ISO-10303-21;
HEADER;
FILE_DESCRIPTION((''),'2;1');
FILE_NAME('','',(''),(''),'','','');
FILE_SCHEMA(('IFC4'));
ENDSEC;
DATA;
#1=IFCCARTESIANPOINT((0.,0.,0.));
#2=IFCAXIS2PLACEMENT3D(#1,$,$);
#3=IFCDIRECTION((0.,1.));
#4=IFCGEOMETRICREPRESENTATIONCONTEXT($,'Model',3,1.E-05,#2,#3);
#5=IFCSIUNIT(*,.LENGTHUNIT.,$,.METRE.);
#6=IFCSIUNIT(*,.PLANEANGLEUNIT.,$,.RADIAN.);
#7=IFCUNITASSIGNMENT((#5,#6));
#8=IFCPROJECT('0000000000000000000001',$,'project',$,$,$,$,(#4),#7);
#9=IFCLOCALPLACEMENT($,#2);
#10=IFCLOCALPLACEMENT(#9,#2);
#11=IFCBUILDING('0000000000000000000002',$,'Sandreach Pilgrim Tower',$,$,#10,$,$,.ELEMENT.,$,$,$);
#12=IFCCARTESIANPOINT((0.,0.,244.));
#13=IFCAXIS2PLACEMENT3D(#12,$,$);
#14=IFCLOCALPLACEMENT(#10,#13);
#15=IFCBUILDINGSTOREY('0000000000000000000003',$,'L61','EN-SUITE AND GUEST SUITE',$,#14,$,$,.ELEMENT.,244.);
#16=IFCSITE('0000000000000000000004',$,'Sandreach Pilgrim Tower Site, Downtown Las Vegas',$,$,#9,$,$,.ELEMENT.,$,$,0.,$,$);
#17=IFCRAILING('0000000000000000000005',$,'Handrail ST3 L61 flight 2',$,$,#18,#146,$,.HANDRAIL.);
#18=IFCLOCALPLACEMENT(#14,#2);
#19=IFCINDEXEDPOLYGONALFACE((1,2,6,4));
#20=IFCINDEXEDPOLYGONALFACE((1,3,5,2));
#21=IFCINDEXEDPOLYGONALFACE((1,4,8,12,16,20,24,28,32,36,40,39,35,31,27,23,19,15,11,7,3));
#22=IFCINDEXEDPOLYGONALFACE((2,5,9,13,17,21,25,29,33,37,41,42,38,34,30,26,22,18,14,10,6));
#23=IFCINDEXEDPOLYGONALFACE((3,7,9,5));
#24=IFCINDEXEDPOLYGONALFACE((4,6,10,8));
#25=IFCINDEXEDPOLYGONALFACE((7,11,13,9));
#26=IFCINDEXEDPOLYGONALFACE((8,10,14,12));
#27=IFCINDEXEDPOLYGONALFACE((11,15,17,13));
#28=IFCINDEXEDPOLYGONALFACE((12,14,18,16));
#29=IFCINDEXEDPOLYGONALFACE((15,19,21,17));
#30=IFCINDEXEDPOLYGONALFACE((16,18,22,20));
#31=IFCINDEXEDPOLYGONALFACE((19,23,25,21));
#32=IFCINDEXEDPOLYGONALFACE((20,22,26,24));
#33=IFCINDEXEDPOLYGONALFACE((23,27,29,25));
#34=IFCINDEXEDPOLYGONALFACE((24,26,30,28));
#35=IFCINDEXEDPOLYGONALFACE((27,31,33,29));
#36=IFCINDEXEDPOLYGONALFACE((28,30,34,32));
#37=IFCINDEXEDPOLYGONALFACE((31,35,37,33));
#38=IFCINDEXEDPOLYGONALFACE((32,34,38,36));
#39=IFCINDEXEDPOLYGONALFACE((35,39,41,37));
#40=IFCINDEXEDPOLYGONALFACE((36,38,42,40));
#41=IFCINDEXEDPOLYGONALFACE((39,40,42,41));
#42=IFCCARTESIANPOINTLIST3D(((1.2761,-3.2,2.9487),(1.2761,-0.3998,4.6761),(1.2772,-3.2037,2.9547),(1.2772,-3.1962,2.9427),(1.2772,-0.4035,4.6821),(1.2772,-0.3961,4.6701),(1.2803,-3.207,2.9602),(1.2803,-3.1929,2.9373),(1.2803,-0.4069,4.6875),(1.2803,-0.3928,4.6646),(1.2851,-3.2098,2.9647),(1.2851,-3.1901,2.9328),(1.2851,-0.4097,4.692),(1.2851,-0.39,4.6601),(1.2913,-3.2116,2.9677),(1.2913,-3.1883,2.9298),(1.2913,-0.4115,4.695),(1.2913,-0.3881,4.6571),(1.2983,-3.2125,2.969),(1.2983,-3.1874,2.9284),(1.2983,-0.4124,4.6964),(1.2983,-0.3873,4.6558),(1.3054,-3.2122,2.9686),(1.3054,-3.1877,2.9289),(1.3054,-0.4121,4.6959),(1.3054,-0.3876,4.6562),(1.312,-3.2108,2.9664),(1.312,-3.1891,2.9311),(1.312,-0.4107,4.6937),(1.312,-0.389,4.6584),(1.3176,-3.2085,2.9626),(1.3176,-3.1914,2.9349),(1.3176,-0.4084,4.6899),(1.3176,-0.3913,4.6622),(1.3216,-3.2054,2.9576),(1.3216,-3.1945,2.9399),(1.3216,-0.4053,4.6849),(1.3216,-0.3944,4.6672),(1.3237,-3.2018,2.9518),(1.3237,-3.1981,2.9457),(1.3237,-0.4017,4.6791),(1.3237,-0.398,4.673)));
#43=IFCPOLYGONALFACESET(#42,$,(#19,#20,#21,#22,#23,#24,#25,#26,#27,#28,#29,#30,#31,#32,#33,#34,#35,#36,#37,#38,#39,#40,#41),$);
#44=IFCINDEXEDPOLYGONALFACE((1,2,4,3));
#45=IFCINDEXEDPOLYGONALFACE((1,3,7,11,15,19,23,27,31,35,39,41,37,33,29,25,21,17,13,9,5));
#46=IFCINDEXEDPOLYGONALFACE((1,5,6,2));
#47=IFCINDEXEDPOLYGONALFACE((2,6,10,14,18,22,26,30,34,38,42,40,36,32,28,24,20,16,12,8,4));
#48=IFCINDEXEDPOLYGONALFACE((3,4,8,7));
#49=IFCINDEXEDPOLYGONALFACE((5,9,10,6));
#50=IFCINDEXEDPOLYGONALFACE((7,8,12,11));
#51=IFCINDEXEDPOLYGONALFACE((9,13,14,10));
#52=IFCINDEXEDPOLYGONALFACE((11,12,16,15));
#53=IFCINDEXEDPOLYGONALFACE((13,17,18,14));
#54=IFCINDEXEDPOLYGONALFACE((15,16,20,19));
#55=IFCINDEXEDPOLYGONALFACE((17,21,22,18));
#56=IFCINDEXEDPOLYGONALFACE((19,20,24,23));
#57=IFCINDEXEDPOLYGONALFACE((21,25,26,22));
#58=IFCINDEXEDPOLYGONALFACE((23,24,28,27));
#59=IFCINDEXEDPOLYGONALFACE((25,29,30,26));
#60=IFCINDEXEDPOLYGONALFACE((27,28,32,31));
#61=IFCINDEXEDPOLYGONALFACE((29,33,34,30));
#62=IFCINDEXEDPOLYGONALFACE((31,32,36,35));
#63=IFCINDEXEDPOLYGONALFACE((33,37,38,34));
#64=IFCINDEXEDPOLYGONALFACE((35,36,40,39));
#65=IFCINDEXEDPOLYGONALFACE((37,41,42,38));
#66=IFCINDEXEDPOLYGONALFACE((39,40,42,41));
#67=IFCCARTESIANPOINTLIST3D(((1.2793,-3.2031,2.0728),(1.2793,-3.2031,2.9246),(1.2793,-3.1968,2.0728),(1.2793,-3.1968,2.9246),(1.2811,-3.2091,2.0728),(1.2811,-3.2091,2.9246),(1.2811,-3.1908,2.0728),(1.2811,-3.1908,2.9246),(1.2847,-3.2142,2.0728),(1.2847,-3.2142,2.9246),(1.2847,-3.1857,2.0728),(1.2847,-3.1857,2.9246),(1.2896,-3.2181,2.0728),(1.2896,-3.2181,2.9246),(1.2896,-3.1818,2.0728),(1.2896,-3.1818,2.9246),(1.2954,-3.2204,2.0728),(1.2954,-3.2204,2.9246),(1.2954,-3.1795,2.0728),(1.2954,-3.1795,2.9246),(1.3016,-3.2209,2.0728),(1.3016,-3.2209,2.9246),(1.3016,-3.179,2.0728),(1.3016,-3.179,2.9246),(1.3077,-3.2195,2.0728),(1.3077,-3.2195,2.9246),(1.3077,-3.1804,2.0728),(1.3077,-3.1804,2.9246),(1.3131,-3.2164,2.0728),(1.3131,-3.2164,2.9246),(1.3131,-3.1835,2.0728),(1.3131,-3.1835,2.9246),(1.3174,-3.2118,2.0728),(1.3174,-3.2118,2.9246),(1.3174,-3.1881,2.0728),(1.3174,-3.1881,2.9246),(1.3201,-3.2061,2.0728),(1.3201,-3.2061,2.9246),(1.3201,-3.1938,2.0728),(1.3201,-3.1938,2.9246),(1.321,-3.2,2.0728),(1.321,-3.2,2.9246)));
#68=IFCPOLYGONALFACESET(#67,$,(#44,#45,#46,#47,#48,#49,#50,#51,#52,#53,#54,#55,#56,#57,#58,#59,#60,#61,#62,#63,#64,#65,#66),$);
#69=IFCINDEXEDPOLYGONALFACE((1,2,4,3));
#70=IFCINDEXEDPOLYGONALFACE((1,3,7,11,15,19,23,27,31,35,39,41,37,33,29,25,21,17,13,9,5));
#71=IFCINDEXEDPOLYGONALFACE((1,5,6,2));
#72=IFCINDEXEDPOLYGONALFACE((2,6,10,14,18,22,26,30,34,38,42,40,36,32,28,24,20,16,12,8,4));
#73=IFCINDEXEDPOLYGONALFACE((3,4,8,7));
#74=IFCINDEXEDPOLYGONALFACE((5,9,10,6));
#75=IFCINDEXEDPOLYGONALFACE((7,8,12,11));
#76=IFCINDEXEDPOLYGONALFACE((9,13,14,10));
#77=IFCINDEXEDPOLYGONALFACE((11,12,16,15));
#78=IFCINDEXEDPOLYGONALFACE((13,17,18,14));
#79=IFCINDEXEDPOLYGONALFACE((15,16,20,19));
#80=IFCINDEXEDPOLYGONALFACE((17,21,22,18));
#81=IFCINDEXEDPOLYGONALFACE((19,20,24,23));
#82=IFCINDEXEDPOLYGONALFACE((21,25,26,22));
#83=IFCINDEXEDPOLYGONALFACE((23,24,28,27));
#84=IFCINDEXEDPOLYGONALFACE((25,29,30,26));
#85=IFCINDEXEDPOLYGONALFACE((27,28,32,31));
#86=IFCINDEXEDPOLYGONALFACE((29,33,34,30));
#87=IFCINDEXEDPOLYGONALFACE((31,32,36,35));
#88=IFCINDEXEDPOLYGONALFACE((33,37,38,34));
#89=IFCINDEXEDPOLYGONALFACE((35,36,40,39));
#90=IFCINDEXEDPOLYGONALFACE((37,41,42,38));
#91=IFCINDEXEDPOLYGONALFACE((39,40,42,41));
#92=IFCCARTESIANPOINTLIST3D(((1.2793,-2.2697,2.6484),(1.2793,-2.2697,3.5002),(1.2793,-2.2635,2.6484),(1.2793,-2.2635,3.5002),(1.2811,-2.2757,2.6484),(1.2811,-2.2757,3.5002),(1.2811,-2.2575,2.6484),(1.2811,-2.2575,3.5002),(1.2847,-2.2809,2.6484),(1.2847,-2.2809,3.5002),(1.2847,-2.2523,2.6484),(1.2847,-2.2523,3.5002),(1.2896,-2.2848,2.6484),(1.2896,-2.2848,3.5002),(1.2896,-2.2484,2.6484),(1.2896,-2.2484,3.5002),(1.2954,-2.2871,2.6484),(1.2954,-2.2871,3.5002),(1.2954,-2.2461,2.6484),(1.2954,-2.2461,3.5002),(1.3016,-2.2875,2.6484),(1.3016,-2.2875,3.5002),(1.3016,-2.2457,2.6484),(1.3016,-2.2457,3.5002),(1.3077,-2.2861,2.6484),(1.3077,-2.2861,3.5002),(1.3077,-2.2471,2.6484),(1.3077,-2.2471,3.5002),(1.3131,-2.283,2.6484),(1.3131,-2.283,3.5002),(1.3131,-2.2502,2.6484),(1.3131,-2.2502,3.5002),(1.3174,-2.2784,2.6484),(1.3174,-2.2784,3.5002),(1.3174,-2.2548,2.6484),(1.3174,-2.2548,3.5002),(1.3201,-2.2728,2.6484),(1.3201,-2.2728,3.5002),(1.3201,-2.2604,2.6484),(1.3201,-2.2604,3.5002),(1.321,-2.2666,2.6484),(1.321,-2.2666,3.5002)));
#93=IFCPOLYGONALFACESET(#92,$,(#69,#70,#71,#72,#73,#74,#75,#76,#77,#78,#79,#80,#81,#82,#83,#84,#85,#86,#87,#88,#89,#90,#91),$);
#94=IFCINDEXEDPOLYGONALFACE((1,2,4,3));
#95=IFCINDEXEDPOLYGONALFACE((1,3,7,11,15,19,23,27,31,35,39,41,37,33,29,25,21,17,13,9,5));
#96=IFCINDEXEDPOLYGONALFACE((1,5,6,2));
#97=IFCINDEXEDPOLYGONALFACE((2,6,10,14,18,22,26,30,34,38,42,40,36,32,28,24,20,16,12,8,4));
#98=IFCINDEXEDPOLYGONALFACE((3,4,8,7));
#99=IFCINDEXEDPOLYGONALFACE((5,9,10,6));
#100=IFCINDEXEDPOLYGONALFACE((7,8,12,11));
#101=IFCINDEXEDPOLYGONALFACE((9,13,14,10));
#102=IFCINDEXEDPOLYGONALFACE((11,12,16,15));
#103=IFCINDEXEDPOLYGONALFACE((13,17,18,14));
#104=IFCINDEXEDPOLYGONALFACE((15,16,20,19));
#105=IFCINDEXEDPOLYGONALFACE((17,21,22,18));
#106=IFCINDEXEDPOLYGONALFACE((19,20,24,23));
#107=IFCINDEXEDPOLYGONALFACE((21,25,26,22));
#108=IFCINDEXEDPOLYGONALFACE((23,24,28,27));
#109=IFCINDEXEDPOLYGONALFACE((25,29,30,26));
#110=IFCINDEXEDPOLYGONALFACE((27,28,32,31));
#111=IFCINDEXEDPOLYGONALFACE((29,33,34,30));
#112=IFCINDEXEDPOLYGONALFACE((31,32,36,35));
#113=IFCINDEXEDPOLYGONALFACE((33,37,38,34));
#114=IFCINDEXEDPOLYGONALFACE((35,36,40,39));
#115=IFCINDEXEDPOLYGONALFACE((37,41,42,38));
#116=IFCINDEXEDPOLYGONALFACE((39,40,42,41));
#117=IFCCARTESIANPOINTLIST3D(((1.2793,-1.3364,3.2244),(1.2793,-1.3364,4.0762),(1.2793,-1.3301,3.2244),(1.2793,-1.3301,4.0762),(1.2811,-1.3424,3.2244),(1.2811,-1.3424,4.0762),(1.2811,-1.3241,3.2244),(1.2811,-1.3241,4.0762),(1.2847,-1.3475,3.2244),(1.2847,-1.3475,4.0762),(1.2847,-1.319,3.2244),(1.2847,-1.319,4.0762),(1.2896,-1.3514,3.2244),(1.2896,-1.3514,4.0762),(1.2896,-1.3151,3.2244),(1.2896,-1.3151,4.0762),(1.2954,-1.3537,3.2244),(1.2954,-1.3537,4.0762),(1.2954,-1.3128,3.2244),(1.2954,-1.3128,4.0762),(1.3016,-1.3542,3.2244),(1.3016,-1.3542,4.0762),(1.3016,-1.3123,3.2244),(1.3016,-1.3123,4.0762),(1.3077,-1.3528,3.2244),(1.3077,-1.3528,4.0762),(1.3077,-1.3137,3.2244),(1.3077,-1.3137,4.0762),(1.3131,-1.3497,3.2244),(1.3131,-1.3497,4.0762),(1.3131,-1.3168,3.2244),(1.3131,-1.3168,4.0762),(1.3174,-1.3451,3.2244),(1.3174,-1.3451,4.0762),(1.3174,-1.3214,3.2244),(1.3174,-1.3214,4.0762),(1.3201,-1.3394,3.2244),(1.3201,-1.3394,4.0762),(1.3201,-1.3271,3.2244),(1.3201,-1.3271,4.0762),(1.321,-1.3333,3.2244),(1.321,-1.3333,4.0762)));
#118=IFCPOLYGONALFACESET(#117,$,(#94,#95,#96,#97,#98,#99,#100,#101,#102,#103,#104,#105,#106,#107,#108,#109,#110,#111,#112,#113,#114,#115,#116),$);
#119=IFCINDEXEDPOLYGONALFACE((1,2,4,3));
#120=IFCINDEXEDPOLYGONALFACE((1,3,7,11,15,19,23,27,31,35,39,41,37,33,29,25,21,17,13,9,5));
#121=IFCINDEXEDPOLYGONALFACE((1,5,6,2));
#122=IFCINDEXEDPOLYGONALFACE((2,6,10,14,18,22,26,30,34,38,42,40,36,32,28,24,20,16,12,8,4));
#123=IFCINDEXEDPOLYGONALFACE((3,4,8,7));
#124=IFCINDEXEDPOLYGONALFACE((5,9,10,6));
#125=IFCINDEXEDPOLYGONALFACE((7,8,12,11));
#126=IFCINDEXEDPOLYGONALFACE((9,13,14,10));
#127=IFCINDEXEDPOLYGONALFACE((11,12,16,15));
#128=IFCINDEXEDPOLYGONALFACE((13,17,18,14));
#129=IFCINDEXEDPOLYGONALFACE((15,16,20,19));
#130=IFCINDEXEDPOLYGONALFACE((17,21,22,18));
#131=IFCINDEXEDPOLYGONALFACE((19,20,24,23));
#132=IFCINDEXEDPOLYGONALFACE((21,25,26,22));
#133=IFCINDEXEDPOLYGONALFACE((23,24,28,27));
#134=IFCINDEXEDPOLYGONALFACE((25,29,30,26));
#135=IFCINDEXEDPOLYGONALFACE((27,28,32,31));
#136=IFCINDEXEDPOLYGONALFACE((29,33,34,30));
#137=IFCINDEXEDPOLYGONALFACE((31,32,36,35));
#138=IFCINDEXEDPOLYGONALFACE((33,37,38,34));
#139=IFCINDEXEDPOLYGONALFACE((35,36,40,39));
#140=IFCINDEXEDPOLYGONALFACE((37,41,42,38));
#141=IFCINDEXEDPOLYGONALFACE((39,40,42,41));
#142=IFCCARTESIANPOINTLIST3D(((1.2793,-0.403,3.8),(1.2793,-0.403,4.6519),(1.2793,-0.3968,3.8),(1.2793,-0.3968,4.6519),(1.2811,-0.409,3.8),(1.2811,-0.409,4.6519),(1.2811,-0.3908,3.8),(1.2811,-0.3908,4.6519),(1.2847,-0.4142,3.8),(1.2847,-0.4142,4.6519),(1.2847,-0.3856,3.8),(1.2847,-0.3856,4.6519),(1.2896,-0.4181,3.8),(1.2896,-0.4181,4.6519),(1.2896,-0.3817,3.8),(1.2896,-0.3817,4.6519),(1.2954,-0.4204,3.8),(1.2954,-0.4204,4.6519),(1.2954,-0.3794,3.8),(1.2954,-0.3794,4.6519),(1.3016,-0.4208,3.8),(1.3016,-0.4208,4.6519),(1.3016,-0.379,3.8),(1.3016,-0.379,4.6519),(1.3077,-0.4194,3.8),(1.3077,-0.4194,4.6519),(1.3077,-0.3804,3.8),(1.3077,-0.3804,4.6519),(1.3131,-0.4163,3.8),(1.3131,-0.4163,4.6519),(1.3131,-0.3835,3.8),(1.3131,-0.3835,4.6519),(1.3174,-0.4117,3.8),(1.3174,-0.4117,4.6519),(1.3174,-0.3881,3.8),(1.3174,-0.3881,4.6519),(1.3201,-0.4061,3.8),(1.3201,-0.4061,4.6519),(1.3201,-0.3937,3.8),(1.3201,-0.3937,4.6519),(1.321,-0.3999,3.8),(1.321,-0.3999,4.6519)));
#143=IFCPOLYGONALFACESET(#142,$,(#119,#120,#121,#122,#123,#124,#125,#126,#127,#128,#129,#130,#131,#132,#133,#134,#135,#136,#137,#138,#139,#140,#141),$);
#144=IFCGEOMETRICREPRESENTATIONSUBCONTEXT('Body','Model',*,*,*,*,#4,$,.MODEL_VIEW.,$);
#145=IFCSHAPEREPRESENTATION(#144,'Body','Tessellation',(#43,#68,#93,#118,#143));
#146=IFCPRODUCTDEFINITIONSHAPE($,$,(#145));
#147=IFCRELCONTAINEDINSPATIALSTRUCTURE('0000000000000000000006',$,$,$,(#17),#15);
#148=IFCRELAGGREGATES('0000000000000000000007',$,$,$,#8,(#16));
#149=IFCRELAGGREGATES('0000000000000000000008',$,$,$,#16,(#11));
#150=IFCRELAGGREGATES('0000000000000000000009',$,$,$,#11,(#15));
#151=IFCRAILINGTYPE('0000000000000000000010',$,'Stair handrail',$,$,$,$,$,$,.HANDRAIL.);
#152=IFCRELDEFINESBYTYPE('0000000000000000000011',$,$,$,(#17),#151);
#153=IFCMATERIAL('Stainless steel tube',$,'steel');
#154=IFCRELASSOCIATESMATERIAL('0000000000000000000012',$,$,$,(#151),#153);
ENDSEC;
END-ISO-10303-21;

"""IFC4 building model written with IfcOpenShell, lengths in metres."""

from ifc_helpers import new_model, si_unit, direction, frame, origin, origin_2d, place, context, subcontext, project, spatial, circle, extrude, material, type_object, element, save


model = new_model("IFC4")

# Units and contexts
model_context = context("Model", 3, precision=1e-05, world=origin(), true_north=direction((0.0, 1.0)))
body_context = subcontext(model_context, "Body", "Model", "MODEL_VIEW")
ifc_project = project(units=[si_unit("LENGTHUNIT", "METRE"), si_unit("PLANEANGLEUNIT", "RADIAN")], contexts=[model_context])

# Site, building, storey
site_placement = place(None, origin())
site = spatial("IfcSite", under=ifc_project, at=site_placement, Name="Sandreach Pilgrim Tower Site, Downtown Las Vegas", CompositionType="ELEMENT", RefElevation=0.0)
building_placement = place(site_placement, origin())
building = spatial("IfcBuilding", under=site, at=building_placement, Name="Sandreach Pilgrim Tower", CompositionType="ELEMENT")
storey_placement = place(building_placement, frame((0.0, 0.0, 244.0)))
storey = spatial("IfcBuildingStorey", under=building, at=storey_placement, Name="L61", Description="EN-SUITE AND GUEST SUITE", CompositionType="ELEMENT", Elevation=244.0)

# Railing
ifc_material_1 = material(Name="Stainless steel tube", Category="steel")
railing_type = type_object("IfcRailingType", Name="Stair handrail", PredefinedType="HANDRAIL", material=ifc_material_1)
for number, where, name in (
    (1, (1.3, -3.2, 2.0728), "Handrail ST3 L61 flight 2"),
):
    element("IfcRailing", number, at=place(storey_placement, frame(where)), inside=storey, type_object=railing_type, Name=name, PredefinedType="HANDRAIL", context=body_context, shape_type="SweptSolid", body=[
        extrude(circle(Radius=0.0239, at=origin_2d()), frame((0.0, 0.0, 0.876), z_axis=(0.0, 0.85109, 0.52502), x_axis=(-1.0, 0.0, 0.0)), (0.0, 0.0, 1.0), 3.29),
        extrude(circle(Radius=0.021, at=origin_2d()), origin(), (0.0, 0.0, 1.0), 0.8518),
        extrude(circle(Radius=0.021, at=origin_2d()), frame((0.0, 0.9333, 0.5757)), (0.0, 0.0, 1.0), 0.8518),
        extrude(circle(Radius=0.021, at=origin_2d()), frame((0.0, 1.8667, 1.1516)), (0.0, 0.0, 1.0), 0.8518),
        extrude(circle(Radius=0.021, at=origin_2d()), frame((0.0, 2.8, 1.7273)), (0.0, 0.0, 1.0), 0.8518),
    ])

save(model, "model.ifc")
